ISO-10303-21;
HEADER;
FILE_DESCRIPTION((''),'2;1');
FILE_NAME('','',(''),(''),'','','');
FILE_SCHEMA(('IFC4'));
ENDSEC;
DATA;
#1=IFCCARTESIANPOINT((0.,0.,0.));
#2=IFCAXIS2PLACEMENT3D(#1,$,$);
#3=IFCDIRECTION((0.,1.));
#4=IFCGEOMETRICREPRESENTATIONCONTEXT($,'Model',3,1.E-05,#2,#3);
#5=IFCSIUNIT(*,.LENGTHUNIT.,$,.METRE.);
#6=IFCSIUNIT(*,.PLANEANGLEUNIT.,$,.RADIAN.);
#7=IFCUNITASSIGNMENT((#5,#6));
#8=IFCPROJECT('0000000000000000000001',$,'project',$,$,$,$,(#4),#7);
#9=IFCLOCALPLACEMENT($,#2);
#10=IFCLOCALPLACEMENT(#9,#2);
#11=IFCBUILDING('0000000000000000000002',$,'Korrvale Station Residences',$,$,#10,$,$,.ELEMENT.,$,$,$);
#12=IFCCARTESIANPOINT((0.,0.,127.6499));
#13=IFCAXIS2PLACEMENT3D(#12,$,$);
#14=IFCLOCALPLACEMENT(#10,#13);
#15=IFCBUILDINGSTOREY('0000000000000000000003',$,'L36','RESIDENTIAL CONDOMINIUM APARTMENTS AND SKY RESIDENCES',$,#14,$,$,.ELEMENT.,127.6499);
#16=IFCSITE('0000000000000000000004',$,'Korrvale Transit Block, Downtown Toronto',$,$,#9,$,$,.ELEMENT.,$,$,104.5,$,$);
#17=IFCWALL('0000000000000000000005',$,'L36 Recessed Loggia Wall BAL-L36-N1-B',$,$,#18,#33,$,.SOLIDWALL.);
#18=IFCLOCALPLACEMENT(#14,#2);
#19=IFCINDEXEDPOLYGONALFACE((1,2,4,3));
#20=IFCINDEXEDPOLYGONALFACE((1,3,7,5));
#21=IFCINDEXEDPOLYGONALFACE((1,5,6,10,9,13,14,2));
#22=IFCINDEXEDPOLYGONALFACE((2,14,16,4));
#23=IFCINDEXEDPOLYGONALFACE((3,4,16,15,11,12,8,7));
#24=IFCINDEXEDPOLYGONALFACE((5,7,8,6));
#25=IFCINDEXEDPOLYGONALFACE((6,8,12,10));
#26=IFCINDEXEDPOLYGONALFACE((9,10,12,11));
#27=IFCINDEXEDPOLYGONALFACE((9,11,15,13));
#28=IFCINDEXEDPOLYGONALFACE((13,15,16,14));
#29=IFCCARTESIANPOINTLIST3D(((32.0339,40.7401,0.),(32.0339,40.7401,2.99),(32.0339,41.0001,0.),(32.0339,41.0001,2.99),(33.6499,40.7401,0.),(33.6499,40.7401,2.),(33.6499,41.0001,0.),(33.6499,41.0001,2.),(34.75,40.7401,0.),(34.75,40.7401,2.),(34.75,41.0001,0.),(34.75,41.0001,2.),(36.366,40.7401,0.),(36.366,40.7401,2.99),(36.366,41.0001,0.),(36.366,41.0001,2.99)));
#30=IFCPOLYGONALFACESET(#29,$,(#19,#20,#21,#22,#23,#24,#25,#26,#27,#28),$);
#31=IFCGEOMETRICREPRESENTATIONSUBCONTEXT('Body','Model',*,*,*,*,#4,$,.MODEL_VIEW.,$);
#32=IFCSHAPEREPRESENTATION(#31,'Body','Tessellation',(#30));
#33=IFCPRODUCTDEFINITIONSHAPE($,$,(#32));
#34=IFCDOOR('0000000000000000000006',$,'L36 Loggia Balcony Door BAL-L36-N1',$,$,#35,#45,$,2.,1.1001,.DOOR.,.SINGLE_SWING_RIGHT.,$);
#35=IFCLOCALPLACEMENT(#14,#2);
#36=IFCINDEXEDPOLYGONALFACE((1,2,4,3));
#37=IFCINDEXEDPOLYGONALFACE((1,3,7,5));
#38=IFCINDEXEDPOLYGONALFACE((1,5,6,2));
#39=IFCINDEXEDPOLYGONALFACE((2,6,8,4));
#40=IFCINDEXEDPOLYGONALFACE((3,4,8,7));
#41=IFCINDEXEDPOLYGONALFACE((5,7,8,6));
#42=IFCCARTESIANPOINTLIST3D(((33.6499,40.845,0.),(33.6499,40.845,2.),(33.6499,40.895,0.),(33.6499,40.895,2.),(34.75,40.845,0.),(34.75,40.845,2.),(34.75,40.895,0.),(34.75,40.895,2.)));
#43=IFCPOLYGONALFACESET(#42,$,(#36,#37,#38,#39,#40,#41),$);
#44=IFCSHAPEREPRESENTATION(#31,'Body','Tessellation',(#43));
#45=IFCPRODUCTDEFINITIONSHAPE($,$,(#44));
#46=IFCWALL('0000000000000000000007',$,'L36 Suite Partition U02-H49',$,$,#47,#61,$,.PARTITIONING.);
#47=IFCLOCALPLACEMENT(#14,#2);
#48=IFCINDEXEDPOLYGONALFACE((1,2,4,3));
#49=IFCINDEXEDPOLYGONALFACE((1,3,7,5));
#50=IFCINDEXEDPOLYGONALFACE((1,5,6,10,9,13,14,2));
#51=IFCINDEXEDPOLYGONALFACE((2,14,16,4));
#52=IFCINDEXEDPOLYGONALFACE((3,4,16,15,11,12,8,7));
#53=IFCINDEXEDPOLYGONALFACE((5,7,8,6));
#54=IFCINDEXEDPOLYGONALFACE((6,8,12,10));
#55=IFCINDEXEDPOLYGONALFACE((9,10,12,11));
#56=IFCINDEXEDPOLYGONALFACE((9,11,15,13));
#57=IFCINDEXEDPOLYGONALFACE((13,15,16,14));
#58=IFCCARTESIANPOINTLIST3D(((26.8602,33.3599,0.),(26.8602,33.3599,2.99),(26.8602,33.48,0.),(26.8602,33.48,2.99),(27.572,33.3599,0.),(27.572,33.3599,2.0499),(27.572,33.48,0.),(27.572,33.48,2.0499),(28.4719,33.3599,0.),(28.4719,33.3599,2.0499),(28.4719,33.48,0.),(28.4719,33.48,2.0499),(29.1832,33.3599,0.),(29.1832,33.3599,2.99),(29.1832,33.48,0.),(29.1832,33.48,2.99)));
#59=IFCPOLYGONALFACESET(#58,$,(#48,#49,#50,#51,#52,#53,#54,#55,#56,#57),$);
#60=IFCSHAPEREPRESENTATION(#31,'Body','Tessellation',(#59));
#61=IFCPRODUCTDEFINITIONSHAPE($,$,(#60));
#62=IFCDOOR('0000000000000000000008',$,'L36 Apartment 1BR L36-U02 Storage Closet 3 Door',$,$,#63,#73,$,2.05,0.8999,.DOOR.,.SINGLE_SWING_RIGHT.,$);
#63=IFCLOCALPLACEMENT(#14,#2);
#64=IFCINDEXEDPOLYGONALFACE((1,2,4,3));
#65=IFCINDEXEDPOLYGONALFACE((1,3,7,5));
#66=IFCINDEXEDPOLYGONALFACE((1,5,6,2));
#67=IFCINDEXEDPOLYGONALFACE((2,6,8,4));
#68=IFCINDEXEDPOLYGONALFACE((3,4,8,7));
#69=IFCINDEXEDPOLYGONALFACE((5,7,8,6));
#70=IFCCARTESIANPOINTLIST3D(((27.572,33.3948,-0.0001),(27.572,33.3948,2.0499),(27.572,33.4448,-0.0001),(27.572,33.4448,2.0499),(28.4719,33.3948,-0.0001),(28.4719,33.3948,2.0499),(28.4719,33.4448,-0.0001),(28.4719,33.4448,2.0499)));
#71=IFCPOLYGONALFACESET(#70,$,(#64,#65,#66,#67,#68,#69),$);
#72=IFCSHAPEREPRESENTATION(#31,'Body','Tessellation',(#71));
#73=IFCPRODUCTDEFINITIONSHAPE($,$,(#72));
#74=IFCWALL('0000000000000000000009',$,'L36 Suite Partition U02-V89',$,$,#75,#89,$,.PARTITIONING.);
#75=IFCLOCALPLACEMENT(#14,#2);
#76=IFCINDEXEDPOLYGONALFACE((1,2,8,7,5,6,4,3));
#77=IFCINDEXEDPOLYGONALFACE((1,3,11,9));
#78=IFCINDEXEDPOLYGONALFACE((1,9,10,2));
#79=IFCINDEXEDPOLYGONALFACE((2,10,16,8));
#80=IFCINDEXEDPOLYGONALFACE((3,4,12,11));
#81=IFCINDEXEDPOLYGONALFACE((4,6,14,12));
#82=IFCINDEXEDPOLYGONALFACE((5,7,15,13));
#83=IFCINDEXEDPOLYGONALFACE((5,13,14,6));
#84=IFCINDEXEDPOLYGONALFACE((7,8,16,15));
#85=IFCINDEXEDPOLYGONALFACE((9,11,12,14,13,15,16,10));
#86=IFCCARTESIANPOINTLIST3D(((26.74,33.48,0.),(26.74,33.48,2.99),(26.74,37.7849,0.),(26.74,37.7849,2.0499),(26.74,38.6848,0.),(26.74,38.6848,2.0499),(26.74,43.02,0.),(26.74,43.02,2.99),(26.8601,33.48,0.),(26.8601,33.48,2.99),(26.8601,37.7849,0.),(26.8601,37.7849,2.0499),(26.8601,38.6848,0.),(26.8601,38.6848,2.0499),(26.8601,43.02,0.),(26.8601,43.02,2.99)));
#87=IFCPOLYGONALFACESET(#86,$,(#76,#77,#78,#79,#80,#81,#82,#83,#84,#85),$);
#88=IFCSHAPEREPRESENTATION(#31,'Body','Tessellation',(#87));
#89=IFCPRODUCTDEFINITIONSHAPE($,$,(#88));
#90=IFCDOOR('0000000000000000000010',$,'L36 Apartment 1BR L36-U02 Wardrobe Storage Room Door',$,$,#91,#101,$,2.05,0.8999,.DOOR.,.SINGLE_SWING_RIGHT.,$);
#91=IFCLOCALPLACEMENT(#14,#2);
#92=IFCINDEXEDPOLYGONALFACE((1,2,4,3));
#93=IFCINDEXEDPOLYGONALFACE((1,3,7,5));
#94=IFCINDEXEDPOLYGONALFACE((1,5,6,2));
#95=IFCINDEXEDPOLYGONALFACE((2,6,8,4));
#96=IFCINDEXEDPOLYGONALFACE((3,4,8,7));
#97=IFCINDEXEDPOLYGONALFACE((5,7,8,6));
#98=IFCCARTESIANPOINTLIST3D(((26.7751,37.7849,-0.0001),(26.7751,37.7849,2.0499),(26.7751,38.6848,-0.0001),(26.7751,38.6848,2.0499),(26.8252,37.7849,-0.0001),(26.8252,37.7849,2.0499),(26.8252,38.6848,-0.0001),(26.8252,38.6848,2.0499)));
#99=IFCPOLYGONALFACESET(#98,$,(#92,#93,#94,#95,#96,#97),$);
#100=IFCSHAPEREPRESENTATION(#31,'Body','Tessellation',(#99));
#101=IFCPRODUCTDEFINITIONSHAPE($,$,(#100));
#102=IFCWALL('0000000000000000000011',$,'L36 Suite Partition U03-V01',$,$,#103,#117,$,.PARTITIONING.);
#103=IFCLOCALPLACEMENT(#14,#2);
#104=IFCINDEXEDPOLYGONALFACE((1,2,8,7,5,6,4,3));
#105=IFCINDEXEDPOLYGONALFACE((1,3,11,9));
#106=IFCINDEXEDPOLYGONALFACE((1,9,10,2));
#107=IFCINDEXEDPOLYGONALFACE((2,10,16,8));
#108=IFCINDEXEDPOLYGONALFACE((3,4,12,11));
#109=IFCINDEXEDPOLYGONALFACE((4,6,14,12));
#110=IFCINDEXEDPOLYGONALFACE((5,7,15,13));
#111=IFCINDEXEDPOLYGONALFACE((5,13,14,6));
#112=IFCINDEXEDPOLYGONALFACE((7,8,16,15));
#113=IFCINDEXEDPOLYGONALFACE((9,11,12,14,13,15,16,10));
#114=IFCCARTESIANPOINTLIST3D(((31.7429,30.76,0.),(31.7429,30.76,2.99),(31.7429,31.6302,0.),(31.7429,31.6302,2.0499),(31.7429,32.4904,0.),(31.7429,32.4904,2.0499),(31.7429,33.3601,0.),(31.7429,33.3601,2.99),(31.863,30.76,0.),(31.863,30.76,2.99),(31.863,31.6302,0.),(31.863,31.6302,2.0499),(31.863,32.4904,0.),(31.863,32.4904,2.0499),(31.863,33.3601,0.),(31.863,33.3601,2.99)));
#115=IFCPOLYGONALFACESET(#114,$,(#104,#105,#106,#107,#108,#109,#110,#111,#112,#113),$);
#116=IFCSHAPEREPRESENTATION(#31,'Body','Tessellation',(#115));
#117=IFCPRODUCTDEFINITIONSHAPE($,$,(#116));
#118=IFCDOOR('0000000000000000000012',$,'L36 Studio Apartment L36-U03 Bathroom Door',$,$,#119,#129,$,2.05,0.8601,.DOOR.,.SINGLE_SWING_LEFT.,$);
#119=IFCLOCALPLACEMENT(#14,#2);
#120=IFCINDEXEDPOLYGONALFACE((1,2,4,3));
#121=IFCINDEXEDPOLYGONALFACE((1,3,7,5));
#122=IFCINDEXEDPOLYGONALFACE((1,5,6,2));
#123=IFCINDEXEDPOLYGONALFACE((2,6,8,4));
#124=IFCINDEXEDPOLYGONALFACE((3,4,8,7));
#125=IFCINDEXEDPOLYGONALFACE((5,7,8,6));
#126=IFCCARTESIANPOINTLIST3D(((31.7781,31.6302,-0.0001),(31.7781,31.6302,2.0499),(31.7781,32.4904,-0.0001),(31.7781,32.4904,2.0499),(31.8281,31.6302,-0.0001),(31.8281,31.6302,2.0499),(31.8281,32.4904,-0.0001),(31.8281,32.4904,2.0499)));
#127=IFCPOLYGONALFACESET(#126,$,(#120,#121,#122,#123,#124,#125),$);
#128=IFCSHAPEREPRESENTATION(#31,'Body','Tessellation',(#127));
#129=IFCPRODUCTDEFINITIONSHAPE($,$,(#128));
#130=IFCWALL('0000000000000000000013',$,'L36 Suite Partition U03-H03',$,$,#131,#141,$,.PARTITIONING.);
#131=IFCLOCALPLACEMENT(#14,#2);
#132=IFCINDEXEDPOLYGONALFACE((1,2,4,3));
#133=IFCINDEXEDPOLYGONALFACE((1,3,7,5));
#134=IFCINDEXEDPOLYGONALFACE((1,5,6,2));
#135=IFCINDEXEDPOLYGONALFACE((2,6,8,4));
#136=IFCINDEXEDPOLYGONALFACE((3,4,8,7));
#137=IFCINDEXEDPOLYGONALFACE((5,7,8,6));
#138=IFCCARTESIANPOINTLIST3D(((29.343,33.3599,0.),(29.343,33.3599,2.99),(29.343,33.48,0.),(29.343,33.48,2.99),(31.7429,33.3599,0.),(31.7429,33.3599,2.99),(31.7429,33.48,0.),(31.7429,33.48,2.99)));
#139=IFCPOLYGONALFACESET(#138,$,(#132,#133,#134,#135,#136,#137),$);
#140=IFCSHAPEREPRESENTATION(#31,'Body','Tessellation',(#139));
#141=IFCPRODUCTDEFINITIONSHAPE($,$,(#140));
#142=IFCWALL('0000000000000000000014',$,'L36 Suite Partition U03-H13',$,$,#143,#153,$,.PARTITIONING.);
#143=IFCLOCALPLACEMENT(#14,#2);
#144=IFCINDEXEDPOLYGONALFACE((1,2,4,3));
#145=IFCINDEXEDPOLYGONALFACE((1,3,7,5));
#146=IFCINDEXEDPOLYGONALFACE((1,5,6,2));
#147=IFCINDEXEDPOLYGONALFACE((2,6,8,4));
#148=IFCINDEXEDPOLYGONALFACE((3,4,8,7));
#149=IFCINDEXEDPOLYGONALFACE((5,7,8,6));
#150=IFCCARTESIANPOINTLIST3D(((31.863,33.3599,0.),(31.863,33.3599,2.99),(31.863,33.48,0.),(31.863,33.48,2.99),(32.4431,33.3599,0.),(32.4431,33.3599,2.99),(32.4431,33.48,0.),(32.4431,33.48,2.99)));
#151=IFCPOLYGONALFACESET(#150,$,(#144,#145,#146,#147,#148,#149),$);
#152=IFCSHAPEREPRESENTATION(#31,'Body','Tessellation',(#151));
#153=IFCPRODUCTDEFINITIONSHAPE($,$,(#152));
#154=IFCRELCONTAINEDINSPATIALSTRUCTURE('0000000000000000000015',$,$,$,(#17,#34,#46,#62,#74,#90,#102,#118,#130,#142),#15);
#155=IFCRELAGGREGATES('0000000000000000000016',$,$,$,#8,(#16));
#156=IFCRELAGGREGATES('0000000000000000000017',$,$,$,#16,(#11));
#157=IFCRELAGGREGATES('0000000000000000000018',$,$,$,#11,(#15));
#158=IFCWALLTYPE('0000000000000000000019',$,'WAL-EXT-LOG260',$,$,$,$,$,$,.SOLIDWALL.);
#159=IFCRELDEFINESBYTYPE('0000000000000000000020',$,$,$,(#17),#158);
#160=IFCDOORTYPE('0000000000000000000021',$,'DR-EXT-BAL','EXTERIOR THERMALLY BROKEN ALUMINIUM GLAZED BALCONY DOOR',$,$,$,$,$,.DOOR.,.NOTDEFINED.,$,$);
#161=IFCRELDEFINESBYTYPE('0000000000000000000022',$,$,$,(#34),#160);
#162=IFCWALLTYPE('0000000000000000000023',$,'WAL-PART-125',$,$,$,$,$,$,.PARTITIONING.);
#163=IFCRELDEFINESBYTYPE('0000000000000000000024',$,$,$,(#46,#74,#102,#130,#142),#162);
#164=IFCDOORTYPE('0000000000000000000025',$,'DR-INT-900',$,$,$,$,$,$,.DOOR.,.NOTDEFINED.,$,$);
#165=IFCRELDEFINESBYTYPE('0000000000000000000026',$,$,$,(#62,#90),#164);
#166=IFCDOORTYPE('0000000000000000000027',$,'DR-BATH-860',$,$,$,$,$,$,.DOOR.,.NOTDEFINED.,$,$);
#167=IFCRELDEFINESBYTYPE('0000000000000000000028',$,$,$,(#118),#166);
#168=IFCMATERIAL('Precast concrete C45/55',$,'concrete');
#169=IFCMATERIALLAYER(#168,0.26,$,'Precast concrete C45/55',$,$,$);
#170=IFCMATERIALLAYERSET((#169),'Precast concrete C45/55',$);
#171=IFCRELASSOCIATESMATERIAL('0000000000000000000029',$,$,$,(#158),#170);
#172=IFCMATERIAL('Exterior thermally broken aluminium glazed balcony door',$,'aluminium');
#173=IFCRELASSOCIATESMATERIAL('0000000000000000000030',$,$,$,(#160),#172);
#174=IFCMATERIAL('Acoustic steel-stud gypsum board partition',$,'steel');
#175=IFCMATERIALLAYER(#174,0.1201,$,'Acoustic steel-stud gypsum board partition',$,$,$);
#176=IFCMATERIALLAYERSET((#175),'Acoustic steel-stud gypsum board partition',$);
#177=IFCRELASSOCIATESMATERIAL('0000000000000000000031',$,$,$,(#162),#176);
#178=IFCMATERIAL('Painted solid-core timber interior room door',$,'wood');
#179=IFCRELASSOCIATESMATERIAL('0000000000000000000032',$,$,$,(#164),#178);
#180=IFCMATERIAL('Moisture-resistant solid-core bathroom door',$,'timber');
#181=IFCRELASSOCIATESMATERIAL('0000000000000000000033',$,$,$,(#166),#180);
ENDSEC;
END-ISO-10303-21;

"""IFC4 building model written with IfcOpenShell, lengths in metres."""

from ifc_helpers import new_model, si_unit, direction, frame, frame_2d, origin, place, context, subcontext, project, spatial, rectangle, extrude, material, layer, layer_set, type_object, element, fill, save


model = new_model("IFC4")

# Units and contexts
model_context = context("Model", 3, precision=1e-05, world=origin(), true_north=direction((0.0, 1.0)))
body_context = subcontext(model_context, "Body", "Model", "MODEL_VIEW")
ifc_project = project(units=[si_unit("LENGTHUNIT", "METRE"), si_unit("PLANEANGLEUNIT", "RADIAN")], contexts=[model_context])

# Site, building, storey
site_placement = place(None, origin())
site = spatial("IfcSite", under=ifc_project, at=site_placement, Name="Korrvale Transit Block, Downtown Toronto", CompositionType="ELEMENT", RefElevation=104.5)
building_placement = place(site_placement, origin())
building = spatial("IfcBuilding", under=site, at=building_placement, Name="Korrvale Station Residences", CompositionType="ELEMENT")
storey_placement = place(building_placement, frame((0.0, 0.0, 127.6499)))
storey = spatial("IfcBuildingStorey", under=building, at=storey_placement, Name="L36", Description="RESIDENTIAL CONDOMINIUM APARTMENTS AND SKY RESIDENCES", CompositionType="ELEMENT", Elevation=127.6499)

# Shared definitions
ifc_material_1 = material(Name="Precast concrete C45/55", Category="concrete")
ifc_layer_1 = layer(ifc_material_1, 0.26, Name="Precast concrete C45/55")
ifc_layer_set_1 = layer_set([ifc_layer_1], Name="Precast concrete C45/55")
wall_type_1 = type_object("IfcWallType", Name="WAL-EXT-LOG260", PredefinedType="SOLIDWALL", material=ifc_layer_set_1)

# Walls, openings, doors
wall_1_placement = place(storey_placement, frame((32.0339, 40.8701, 0.0), z_axis=(0.0, 0.0, 1.0), x_axis=(1.0, 0.0, 0.0)))
wall_1 = element("IfcWall", 1, at=wall_1_placement, inside=storey, type_object=wall_type_1, Name="L36 Recessed Loggia Wall BAL-L36-N1-B", PredefinedType="SOLIDWALL", context=body_context, shape_type="SweptSolid", body=[
    extrude(rectangle(XDim=4.332, YDim=0.26, at=frame_2d((2.166, 0.0))), origin(), (0.0, 0.0, 1.0), 2.99),
])
opening_1_placement = place(wall_1_placement, frame((1.616, 0.0, 0.0)))
opening_1 = element("IfcOpeningElement", 2, at=opening_1_placement, cuts=wall_1, PredefinedType="OPENING", context=body_context, shape_type="SweptSolid", body=[
    extrude(rectangle(XDim=1.1001, YDim=2.0, at=frame_2d((0.55, 1.0))), frame((0.0, 0.1401, 0.0), z_axis=(0.0, -1.0, 0.0), x_axis=(1.0, 0.0, 0.0)), (0.0, 0.0, 1.0), 0.28),
])
ifc_material_2 = material(Name="Exterior thermally broken aluminium glazed balcony door", Category="aluminium")
door_type_1 = type_object("IfcDoorType", Name="DR-EXT-BAL", Description="EXTERIOR THERMALLY BROKEN ALUMINIUM GLAZED BALCONY DOOR", OperationType="NOTDEFINED", PredefinedType="DOOR", material=ifc_material_2)
door_1_placement = place(opening_1_placement, origin())
door_1 = element("IfcDoor", 3, at=door_1_placement, inside=storey, type_object=door_type_1, Name="L36 Loggia Balcony Door BAL-L36-N1", OperationType="SINGLE_SWING_RIGHT", OverallHeight=2.0, OverallWidth=1.1001, PredefinedType="DOOR", context=body_context, shape_type="SweptSolid", body=[
    extrude(rectangle(XDim=1.1001, YDim=2.0, at=frame_2d((0.55, 1.0))), frame((0.0, 0.0249, 0.0), z_axis=(0.0, -1.0, 0.0), x_axis=(1.0, 0.0, 0.0)), (0.0, 0.0, 1.0), 0.05),
])
fill(opening_1, door_1)
ifc_material_3 = material(Name="Acoustic steel-stud gypsum board partition", Category="steel")
ifc_layer_2 = layer(ifc_material_3, 0.1201, Name="Acoustic steel-stud gypsum board partition")
ifc_layer_set_2 = layer_set([ifc_layer_2], Name="Acoustic steel-stud gypsum board partition")
wall_type_2 = type_object("IfcWallType", Name="WAL-PART-125", PredefinedType="PARTITIONING", material=ifc_layer_set_2)
wall_2_placement = place(storey_placement, frame((26.8601, 33.4199, 0.0), z_axis=(0.0, 0.0, 1.0), x_axis=(1.0, 0.0, 0.0)))
wall_2 = element("IfcWall", 4, at=wall_2_placement, inside=storey, type_object=wall_type_2, Name="L36 Suite Partition U02-H49", PredefinedType="PARTITIONING", context=body_context, shape_type="SweptSolid", body=[
    extrude(rectangle(XDim=2.323, YDim=0.1201, at=frame_2d((1.1616, 0.0))), origin(), (0.0, 0.0, 1.0), 2.99),
])
opening_2_placement = place(wall_2_placement, frame((0.7119, 0.0, 0.0)))
opening_2 = element("IfcOpeningElement", 5, at=opening_2_placement, cuts=wall_2, PredefinedType="OPENING", context=body_context, shape_type="SweptSolid", body=[
    extrude(rectangle(XDim=0.8999, YDim=2.05, at=frame_2d((0.45, 1.0249))), frame((0.0, 0.0701, 0.0), z_axis=(0.0, -1.0, 0.0), x_axis=(1.0, 0.0, 0.0)), (0.0, 0.0, 1.0), 0.1401),
])
ifc_material_4 = material(Name="Painted solid-core timber interior room door", Category="wood")
door_type_2 = type_object("IfcDoorType", Name="DR-INT-900", OperationType="NOTDEFINED", PredefinedType="DOOR", material=ifc_material_4)
door_2_placement = place(opening_2_placement, origin())
door_2 = element("IfcDoor", 6, at=door_2_placement, inside=storey, type_object=door_type_2, Name="L36 Apartment 1BR L36-U02 Storage Closet 3 Door", OperationType="SINGLE_SWING_RIGHT", OverallHeight=2.05, OverallWidth=0.8999, PredefinedType="DOOR", context=body_context, shape_type="SweptSolid", body=[
    extrude(rectangle(XDim=0.8999, YDim=2.05, at=frame_2d((0.45, 1.0249))), frame((0.0, 0.0249, 0.0), z_axis=(0.0, -1.0, 0.0), x_axis=(1.0, 0.0, 0.0)), (0.0, 0.0, 1.0), 0.05),
])
fill(opening_2, door_2)
wall_3_placement = place(storey_placement, frame((26.8, 33.48, 0.0), z_axis=(0.0, 0.0, 1.0), x_axis=(0.0, 1.0, 0.0)))
wall_3 = element("IfcWall", 7, at=wall_3_placement, inside=storey, type_object=wall_type_2, Name="L36 Suite Partition U02-V89", PredefinedType="PARTITIONING", context=body_context, shape_type="SweptSolid", body=[
    extrude(rectangle(XDim=9.54, YDim=0.1201, at=frame_2d((4.77, 0.0))), origin(), (0.0, 0.0, 1.0), 2.99),
])
opening_3_placement = place(wall_3_placement, frame((4.3049, 0.0, 0.0)))
opening_3 = element("IfcOpeningElement", 8, at=opening_3_placement, cuts=wall_3, PredefinedType="OPENING", context=body_context, shape_type="SweptSolid", body=[
    extrude(rectangle(XDim=0.8999, YDim=2.05, at=frame_2d((0.45, 1.0249))), frame((0.0, 0.0701, 0.0), z_axis=(0.0, -1.0, 0.0), x_axis=(1.0, 0.0, 0.0)), (0.0, 0.0, 1.0), 0.1401),
])
door_3_placement = place(opening_3_placement, origin())
door_3 = element("IfcDoor", 9, at=door_3_placement, inside=storey, type_object=door_type_2, Name="L36 Apartment 1BR L36-U02 Wardrobe Storage Room Door", OperationType="SINGLE_SWING_RIGHT", OverallHeight=2.05, OverallWidth=0.8999, PredefinedType="DOOR", context=body_context, shape_type="SweptSolid", body=[
    extrude(rectangle(XDim=0.8999, YDim=2.05, at=frame_2d((0.45, 1.0249))), frame((0.0, 0.0249, 0.0), z_axis=(0.0, -1.0, 0.0), x_axis=(1.0, 0.0, 0.0)), (0.0, 0.0, 1.0), 0.05),
])
fill(opening_3, door_3)
wall_4_placement = place(storey_placement, frame((31.803, 30.76, 0.0), z_axis=(0.0, 0.0, 1.0), x_axis=(0.0, 1.0, 0.0)))
wall_4 = element("IfcWall", 10, at=wall_4_placement, inside=storey, type_object=wall_type_2, Name="L36 Suite Partition U03-V01", PredefinedType="PARTITIONING", context=body_context, shape_type="SweptSolid", body=[
    extrude(rectangle(XDim=2.6001, YDim=0.1201, at=frame_2d((1.3, 0.0))), origin(), (0.0, 0.0, 1.0), 2.99),
])
opening_4_placement = place(wall_4_placement, frame((0.8701, 0.0, 0.0)))
opening_4 = element("IfcOpeningElement", 11, at=opening_4_placement, cuts=wall_4, PredefinedType="OPENING", context=body_context, shape_type="SweptSolid", body=[
    extrude(rectangle(XDim=0.8601, YDim=2.05, at=frame_2d((0.4302, 1.0249))), frame((0.0, 0.0701, 0.0), z_axis=(0.0, -1.0, 0.0), x_axis=(1.0, 0.0, 0.0)), (0.0, 0.0, 1.0), 0.1401),
])
ifc_material_5 = material(Name="Moisture-resistant solid-core bathroom door", Category="timber")
door_type_3 = type_object("IfcDoorType", Name="DR-BATH-860", OperationType="NOTDEFINED", PredefinedType="DOOR", material=ifc_material_5)
door_4_placement = place(opening_4_placement, origin())
door_4 = element("IfcDoor", 12, at=door_4_placement, inside=storey, type_object=door_type_3, Name="L36 Studio Apartment L36-U03 Bathroom Door", OperationType="SINGLE_SWING_LEFT", OverallHeight=2.05, OverallWidth=0.8601, PredefinedType="DOOR", context=body_context, shape_type="SweptSolid", body=[
    extrude(rectangle(XDim=0.8601, YDim=2.05, at=frame_2d((0.4302, 1.0249))), frame((0.0, 0.0249, 0.0), z_axis=(0.0, -1.0, 0.0), x_axis=(1.0, 0.0, 0.0)), (0.0, 0.0, 1.0), 0.05),
])
fill(opening_4, door_4)

# Walls
wall_5_placement = place(storey_placement, frame((29.343, 33.4199, 0.0), z_axis=(0.0, 0.0, 1.0), x_axis=(1.0, 0.0, 0.0)))
element("IfcWall", 13, at=wall_5_placement, inside=storey, type_object=wall_type_2, Name="L36 Suite Partition U03-H03", PredefinedType="PARTITIONING", context=body_context, shape_type="SweptSolid", body=[
    extrude(rectangle(XDim=2.3999, YDim=0.1201, at=frame_2d((1.2, 0.0))), origin(), (0.0, 0.0, 1.0), 2.99),
])
wall_6_placement = place(storey_placement, frame((31.863, 33.4199, 0.0), z_axis=(0.0, 0.0, 1.0), x_axis=(1.0, 0.0, 0.0)))
element("IfcWall", 14, at=wall_6_placement, inside=storey, type_object=wall_type_2, Name="L36 Suite Partition U03-H13", PredefinedType="PARTITIONING", context=body_context, shape_type="SweptSolid", body=[
    extrude(rectangle(XDim=0.5801, YDim=0.1201, at=frame_2d((0.29, 0.0))), origin(), (0.0, 0.0, 1.0), 2.99),
])

save(model, "model.ifc")
